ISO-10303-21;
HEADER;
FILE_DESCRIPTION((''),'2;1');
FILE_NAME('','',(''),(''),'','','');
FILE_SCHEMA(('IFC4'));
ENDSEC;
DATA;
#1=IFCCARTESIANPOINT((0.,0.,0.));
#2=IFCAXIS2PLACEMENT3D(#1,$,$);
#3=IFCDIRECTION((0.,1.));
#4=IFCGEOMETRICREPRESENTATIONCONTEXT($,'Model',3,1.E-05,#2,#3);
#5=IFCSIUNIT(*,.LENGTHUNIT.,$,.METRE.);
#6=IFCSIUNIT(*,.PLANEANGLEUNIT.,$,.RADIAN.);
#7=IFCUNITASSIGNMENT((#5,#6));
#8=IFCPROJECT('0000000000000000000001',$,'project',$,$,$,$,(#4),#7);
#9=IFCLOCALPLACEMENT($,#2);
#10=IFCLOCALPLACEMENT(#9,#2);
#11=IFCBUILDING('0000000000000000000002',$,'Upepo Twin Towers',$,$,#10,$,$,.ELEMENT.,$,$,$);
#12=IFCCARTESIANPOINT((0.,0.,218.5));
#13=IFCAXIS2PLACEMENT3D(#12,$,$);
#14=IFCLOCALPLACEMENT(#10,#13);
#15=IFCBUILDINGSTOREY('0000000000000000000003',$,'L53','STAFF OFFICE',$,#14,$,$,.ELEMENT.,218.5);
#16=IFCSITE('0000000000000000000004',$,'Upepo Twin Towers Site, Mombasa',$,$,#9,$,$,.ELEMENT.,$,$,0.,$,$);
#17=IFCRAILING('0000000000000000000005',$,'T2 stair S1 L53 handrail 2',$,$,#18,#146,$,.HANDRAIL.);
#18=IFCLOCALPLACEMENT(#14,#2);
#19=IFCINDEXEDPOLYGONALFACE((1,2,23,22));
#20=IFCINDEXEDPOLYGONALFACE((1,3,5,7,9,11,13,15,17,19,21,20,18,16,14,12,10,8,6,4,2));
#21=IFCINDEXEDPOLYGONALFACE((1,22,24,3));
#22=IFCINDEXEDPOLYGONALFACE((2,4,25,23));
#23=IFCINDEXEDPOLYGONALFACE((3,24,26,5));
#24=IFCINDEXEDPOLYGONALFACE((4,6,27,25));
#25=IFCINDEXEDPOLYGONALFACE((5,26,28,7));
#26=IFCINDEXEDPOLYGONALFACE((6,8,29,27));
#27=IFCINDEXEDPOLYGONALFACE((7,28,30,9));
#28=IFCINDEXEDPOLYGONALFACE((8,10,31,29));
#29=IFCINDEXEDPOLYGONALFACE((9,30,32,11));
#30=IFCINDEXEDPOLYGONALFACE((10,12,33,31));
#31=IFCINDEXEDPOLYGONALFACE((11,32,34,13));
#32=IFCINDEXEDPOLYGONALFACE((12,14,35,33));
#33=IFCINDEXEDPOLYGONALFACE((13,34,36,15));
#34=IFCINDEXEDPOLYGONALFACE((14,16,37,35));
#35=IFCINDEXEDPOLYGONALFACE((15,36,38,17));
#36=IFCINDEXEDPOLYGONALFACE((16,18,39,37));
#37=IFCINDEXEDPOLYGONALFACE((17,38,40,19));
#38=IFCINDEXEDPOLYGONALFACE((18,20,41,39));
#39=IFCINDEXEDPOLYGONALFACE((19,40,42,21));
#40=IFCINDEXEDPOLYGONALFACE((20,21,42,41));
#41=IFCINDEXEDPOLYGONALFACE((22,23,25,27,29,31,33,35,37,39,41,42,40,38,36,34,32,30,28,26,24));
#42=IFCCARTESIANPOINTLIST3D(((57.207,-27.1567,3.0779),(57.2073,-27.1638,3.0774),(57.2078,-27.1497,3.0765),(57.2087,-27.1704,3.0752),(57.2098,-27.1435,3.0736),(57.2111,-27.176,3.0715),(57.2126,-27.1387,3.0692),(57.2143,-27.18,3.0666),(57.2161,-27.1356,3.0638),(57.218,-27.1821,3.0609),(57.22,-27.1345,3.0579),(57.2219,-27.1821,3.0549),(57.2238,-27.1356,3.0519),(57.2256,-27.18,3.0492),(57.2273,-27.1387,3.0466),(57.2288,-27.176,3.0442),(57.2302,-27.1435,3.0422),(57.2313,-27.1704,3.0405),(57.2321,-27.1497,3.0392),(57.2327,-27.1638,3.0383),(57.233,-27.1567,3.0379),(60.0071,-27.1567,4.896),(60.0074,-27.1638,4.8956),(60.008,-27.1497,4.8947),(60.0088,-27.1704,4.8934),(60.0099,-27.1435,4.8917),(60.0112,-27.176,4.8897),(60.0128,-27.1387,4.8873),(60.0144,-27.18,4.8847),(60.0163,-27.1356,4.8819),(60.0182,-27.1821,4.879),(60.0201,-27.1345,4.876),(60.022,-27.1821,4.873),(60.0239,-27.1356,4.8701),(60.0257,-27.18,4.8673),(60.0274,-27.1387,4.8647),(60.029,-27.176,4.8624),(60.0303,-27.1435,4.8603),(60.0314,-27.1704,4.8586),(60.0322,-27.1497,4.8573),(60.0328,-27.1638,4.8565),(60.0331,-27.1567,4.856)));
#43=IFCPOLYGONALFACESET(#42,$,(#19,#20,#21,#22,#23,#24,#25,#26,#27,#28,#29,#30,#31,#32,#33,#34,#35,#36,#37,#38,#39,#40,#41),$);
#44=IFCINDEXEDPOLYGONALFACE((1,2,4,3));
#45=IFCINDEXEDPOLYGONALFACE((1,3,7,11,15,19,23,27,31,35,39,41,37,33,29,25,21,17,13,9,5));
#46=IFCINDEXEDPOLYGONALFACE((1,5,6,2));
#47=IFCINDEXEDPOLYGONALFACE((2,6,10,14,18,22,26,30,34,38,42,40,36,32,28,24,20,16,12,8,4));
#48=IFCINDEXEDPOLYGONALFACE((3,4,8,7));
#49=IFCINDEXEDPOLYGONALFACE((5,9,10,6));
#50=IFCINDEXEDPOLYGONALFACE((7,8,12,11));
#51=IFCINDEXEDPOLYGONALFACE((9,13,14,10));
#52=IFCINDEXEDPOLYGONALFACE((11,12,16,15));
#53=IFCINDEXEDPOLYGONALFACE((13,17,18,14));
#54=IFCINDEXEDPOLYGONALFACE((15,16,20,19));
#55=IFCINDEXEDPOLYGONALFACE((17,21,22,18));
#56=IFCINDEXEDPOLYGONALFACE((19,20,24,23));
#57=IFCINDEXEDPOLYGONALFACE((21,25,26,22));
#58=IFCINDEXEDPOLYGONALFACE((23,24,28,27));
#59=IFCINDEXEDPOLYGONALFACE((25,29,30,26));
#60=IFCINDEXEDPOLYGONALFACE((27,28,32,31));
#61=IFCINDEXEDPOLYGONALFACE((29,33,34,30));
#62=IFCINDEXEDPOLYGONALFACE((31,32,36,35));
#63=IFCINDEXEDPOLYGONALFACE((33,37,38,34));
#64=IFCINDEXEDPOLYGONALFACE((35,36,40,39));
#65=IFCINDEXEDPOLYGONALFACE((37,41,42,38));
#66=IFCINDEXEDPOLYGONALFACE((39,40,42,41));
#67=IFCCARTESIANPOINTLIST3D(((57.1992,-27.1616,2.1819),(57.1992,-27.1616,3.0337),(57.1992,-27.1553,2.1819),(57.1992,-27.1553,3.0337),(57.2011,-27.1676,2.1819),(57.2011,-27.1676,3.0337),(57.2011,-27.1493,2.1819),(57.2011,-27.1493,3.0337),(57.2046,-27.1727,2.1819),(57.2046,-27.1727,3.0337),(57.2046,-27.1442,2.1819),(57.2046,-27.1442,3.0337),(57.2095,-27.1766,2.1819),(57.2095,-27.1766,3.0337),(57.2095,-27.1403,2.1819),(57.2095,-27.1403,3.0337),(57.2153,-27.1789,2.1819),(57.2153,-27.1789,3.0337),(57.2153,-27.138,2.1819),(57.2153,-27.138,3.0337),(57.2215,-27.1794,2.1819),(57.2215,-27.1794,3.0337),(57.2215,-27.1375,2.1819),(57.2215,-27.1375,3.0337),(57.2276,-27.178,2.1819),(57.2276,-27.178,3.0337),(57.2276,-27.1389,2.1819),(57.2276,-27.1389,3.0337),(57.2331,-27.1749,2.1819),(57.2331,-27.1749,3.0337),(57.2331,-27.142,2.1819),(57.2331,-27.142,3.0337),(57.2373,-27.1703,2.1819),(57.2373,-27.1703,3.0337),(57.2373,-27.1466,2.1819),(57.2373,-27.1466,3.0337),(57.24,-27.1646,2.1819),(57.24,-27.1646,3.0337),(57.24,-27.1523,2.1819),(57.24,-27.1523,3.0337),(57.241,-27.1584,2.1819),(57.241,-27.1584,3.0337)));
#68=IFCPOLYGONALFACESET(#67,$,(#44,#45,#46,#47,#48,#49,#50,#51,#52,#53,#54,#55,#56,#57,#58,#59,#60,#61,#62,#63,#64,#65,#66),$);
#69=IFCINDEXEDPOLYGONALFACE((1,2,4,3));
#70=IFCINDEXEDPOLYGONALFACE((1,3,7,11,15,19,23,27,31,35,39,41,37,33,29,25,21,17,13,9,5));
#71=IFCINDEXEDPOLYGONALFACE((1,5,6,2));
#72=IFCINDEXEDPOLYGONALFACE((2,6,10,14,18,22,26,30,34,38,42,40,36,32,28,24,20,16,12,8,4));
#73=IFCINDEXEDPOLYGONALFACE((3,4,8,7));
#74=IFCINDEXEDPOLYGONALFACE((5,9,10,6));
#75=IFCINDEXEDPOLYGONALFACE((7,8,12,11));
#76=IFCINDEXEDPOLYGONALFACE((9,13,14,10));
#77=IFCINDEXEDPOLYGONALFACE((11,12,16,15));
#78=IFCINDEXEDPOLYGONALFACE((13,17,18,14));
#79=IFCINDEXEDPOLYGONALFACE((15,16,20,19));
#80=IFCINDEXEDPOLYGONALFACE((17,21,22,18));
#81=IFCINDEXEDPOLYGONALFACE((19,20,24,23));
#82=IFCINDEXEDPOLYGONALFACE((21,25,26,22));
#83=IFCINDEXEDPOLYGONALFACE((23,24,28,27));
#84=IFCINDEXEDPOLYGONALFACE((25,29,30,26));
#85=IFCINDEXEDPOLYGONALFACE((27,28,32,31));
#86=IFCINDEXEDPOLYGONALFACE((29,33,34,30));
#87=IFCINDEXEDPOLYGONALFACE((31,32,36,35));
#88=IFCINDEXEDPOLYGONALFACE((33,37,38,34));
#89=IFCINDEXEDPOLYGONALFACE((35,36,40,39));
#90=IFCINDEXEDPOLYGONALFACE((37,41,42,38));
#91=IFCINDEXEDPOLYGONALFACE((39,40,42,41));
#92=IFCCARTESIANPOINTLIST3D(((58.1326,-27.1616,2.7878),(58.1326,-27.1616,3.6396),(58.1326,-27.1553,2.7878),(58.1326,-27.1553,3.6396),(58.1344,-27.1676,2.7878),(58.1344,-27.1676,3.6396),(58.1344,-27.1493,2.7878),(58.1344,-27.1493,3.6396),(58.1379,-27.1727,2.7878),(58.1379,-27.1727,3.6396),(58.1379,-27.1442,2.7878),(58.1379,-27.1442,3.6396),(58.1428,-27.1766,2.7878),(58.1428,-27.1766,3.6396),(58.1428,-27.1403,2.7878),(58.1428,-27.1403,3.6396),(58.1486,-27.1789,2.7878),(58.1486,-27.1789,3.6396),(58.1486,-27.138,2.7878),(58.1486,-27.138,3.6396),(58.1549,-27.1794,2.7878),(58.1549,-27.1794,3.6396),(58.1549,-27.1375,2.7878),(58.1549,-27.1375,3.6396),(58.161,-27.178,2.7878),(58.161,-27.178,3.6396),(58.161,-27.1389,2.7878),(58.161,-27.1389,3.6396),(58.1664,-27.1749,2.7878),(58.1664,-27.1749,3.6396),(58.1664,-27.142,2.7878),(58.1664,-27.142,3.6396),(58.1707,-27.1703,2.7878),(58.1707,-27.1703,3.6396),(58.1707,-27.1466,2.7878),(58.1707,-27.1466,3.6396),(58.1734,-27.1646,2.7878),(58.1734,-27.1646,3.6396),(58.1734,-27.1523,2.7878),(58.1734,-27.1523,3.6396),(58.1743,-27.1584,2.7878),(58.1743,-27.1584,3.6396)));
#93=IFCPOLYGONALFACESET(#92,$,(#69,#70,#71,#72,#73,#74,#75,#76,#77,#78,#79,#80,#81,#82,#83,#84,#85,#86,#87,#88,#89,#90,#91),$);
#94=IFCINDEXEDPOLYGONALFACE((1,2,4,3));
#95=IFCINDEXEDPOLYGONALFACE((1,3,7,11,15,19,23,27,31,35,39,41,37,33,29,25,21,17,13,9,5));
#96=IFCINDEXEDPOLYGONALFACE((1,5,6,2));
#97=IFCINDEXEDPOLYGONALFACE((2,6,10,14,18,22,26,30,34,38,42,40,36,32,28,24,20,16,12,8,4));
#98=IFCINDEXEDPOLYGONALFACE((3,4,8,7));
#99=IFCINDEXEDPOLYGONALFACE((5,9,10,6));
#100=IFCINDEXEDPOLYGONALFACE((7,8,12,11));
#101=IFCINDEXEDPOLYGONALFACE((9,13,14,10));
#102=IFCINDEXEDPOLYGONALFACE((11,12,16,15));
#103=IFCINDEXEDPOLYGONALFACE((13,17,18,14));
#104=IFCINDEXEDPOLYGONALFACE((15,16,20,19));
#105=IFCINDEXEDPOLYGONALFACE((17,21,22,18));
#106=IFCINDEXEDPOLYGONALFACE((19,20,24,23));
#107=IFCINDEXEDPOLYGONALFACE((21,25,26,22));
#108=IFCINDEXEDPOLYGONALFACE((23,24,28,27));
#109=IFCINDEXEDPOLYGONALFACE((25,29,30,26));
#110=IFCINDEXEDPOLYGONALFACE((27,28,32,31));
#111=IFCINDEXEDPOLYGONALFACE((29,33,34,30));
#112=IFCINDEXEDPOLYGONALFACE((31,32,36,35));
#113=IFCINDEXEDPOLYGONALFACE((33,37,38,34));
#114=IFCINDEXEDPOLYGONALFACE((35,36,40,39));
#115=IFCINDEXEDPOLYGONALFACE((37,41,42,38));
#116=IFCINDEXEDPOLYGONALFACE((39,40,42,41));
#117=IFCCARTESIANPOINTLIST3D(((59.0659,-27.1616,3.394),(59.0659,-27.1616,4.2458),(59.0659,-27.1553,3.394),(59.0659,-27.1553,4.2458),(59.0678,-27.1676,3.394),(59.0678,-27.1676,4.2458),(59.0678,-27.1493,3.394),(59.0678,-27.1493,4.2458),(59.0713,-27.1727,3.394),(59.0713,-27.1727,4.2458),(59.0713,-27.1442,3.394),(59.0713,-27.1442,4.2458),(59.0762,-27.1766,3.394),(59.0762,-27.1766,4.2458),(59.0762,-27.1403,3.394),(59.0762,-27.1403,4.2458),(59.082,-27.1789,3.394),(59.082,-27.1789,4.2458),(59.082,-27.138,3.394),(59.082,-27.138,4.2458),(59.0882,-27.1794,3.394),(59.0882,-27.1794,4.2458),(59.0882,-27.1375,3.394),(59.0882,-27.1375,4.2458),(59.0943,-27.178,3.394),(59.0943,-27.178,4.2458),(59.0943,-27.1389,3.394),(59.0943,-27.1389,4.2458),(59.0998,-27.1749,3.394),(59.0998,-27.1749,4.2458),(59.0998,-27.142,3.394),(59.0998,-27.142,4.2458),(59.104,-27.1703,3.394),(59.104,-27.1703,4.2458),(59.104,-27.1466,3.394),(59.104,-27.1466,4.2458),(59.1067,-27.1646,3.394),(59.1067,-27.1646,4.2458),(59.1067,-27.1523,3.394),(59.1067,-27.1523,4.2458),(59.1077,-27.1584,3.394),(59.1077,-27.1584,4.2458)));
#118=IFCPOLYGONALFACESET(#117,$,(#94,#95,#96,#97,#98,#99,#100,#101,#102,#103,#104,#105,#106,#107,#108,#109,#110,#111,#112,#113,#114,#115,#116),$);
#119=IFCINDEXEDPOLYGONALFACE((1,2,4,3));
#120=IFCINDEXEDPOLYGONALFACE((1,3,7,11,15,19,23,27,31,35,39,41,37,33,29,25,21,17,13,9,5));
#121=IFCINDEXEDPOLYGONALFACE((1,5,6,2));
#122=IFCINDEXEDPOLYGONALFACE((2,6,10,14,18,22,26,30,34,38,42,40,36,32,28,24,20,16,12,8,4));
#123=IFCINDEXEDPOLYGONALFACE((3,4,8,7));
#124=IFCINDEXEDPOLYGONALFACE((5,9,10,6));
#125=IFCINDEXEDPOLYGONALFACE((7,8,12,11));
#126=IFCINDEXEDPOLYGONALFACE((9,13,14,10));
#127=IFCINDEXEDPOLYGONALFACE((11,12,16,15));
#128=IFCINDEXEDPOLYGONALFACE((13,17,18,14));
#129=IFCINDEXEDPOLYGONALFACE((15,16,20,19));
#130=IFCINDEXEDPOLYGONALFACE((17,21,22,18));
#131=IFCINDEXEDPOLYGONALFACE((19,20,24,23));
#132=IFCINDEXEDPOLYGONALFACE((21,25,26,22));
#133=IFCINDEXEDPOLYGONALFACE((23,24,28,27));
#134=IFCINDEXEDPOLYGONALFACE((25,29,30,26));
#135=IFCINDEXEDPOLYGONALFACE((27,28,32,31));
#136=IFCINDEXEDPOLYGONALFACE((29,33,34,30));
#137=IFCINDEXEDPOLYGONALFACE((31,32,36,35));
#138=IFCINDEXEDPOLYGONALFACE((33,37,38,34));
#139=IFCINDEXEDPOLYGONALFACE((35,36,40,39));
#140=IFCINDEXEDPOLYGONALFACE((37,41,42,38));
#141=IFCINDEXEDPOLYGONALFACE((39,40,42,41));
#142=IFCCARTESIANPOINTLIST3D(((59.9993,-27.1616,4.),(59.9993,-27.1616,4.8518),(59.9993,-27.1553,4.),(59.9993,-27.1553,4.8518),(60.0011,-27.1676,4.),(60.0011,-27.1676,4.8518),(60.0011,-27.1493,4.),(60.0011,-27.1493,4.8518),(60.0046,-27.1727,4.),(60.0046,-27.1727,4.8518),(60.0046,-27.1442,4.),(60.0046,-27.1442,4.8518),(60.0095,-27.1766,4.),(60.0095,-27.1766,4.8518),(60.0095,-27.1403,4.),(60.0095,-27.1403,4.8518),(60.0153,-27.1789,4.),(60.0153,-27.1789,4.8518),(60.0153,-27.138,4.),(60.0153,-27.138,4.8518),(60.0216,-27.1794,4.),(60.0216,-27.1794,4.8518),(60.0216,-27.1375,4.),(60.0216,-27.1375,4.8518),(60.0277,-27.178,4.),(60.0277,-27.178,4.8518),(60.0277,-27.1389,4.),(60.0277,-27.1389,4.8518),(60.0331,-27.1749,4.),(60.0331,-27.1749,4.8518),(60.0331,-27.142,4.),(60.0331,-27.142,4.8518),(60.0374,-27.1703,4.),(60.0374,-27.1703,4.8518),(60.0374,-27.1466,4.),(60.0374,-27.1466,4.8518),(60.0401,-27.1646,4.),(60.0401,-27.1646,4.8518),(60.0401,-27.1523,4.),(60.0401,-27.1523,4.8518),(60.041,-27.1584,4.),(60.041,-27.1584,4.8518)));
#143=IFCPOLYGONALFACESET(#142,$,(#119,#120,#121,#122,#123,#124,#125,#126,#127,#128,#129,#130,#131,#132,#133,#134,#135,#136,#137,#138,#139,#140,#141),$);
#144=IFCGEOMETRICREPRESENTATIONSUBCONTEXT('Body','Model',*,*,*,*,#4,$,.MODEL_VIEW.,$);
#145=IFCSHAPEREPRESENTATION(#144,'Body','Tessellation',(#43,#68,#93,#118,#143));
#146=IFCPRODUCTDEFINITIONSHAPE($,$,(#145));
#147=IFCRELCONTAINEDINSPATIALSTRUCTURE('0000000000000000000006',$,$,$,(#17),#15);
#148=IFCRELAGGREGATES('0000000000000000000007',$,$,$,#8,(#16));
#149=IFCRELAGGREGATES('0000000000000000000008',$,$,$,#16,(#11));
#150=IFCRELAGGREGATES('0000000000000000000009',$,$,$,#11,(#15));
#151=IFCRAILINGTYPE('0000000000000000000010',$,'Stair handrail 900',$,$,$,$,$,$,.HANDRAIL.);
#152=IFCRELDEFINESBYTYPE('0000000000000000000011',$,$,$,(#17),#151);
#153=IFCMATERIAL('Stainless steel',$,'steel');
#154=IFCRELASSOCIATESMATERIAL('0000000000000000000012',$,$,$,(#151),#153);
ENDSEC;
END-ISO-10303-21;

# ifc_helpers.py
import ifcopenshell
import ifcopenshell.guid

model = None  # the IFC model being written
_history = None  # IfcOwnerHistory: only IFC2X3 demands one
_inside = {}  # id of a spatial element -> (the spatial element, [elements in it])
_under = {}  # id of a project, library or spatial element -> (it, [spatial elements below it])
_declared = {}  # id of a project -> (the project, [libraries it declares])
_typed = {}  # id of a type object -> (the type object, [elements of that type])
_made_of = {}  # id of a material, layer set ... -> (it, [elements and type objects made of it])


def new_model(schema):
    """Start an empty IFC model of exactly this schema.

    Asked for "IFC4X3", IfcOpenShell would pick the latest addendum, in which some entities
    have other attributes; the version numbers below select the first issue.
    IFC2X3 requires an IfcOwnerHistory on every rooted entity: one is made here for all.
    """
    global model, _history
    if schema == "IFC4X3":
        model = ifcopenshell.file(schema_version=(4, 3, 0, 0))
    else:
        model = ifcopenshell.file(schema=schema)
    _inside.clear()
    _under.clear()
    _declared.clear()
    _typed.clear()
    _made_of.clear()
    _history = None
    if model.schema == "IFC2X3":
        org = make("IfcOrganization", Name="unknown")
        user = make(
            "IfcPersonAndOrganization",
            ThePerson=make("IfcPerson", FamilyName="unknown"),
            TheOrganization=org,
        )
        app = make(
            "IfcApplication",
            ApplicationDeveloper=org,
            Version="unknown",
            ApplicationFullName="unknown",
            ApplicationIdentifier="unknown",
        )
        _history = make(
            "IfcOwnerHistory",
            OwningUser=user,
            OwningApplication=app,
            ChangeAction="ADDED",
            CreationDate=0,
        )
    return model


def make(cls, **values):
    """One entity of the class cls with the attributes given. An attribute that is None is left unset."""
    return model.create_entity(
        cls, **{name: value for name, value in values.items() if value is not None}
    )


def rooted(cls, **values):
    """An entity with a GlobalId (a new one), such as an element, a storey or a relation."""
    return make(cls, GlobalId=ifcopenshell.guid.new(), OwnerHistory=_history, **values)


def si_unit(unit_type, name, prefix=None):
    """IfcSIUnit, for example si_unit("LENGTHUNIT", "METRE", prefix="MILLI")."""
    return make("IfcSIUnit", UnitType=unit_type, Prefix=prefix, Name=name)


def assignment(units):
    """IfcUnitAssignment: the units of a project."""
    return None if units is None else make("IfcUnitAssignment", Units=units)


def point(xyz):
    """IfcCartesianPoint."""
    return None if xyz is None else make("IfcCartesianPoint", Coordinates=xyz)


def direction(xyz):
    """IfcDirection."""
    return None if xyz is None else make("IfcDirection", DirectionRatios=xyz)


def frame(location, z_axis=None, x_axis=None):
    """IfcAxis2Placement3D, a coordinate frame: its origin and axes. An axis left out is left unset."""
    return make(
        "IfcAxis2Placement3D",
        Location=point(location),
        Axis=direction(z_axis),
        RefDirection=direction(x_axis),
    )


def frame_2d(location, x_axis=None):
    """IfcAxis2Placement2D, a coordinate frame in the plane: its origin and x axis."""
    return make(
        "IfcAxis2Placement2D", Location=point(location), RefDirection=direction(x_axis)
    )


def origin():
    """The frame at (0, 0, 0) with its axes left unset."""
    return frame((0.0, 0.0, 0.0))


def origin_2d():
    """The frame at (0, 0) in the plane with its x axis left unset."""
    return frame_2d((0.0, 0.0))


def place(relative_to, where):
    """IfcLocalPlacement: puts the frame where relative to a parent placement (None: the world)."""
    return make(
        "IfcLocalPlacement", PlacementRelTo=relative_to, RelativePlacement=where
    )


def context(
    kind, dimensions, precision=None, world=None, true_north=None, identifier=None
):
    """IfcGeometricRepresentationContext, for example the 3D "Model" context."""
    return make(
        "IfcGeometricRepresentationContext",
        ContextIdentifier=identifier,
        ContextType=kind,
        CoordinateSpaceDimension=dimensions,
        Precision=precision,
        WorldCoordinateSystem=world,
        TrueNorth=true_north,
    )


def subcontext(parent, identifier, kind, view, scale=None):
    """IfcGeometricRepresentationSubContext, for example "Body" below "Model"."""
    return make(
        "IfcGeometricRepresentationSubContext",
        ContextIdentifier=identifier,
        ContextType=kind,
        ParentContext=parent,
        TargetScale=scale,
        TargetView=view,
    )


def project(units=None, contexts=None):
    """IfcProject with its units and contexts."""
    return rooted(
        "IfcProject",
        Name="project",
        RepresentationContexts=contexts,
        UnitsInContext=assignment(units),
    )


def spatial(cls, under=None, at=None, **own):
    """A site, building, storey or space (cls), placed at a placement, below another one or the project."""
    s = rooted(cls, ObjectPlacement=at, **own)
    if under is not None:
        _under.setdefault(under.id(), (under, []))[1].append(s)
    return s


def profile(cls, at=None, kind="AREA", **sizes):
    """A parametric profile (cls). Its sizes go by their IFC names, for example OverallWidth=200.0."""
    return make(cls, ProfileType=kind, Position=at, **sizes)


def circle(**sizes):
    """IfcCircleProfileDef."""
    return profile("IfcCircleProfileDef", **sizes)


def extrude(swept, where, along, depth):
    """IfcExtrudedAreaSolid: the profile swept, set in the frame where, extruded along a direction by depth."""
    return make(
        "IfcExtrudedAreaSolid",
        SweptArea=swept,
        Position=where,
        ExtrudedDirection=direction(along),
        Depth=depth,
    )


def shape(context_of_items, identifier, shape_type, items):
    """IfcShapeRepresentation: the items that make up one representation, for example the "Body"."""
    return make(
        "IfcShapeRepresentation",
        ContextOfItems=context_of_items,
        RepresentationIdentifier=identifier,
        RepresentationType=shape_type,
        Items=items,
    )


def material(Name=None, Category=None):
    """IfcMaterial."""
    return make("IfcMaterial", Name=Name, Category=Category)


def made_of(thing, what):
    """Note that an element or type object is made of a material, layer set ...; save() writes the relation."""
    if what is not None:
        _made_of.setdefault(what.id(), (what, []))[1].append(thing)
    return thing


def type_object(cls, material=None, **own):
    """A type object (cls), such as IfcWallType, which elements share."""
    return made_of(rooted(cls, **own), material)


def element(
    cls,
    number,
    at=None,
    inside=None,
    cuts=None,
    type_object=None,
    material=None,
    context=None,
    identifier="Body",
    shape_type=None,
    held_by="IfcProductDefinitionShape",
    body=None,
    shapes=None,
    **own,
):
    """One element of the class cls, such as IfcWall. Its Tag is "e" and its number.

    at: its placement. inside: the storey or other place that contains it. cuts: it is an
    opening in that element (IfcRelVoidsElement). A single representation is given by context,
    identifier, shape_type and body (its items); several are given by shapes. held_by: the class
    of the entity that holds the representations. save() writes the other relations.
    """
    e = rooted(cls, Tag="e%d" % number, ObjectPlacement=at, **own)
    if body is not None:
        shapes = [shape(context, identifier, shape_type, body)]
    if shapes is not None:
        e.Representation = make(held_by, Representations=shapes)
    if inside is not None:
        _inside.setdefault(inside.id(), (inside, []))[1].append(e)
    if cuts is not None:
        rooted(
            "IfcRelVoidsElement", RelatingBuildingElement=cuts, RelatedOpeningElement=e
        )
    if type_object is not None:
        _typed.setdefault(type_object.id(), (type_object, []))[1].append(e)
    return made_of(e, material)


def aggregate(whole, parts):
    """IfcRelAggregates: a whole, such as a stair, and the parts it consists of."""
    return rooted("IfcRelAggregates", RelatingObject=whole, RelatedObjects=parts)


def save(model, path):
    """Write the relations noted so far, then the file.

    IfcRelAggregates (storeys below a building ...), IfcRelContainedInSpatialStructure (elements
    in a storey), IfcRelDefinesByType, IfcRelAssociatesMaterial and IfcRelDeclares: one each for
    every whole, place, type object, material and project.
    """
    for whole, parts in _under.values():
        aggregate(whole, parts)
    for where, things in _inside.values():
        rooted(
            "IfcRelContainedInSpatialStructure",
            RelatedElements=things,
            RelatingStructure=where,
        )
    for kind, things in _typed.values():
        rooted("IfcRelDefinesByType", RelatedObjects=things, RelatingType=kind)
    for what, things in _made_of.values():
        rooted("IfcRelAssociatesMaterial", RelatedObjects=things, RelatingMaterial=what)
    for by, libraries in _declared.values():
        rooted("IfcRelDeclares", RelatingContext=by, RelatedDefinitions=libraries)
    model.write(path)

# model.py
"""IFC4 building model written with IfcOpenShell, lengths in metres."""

from ifc_helpers import new_model, si_unit, direction, frame, origin, origin_2d, place, context, subcontext, project, spatial, circle, extrude, material, type_object, element, save


model = new_model("IFC4")

# Units and contexts
model_context = context("Model", 3, precision=1e-05, world=origin(), true_north=direction((0.0, 1.0)))
body_context = subcontext(model_context, "Body", "Model", "MODEL_VIEW")
ifc_project = project(units=[si_unit("LENGTHUNIT", "METRE"), si_unit("PLANEANGLEUNIT", "RADIAN")], contexts=[model_context])

# Site, building, storey
site_placement = place(None, origin())
site = spatial("IfcSite", under=ifc_project, at=site_placement, Name="Upepo Twin Towers Site, Mombasa", CompositionType="ELEMENT", RefElevation=0.0)
building_placement = place(site_placement, origin())
building = spatial("IfcBuilding", under=site, at=building_placement, Name="Upepo Twin Towers", CompositionType="ELEMENT")
storey_placement = place(building_placement, frame((0.0, 0.0, 218.5)))
storey = spatial("IfcBuildingStorey", under=building, at=storey_placement, Name="L53", Description="STAFF OFFICE", CompositionType="ELEMENT", Elevation=218.5)

# Railing
ifc_material_1 = material(Name="Stainless steel", Category="steel")
railing_type = type_object("IfcRailingType", Name="Stair handrail 900", PredefinedType="HANDRAIL", material=ifc_material_1)
railing_1_placement = place(storey_placement, frame((57.22, -27.1584, 2.1819)))
element("IfcRailing", 1, at=railing_1_placement, inside=storey, type_object=railing_type, Name="T2 stair S1 L53 handrail 2", PredefinedType="HANDRAIL", context=body_context, shape_type="SweptSolid", body=[
    extrude(circle(Radius=0.0239, at=origin_2d()), frame((0.0, 0.0, 0.876), z_axis=(0.838706, 0.0, 0.544585), x_axis=(0.0, 1.0, 0.0)), (0.0, 0.0, 1.0), 3.3386),
    extrude(circle(Radius=0.021, at=origin_2d()), origin(), (0.0, 0.0, 1.0), 0.8518),
    extrude(circle(Radius=0.021, at=origin_2d()), frame((0.9333, 0.0, 0.606)), (0.0, 0.0, 1.0), 0.8518),
    extrude(circle(Radius=0.021, at=origin_2d()), frame((1.8667, 0.0, 1.2122)), (0.0, 0.0, 1.0), 0.8518),
    extrude(circle(Radius=0.021, at=origin_2d()), frame((2.8, 0.0, 1.8181)), (0.0, 0.0, 1.0), 0.8518),
])

save(model, "model.ifc")
